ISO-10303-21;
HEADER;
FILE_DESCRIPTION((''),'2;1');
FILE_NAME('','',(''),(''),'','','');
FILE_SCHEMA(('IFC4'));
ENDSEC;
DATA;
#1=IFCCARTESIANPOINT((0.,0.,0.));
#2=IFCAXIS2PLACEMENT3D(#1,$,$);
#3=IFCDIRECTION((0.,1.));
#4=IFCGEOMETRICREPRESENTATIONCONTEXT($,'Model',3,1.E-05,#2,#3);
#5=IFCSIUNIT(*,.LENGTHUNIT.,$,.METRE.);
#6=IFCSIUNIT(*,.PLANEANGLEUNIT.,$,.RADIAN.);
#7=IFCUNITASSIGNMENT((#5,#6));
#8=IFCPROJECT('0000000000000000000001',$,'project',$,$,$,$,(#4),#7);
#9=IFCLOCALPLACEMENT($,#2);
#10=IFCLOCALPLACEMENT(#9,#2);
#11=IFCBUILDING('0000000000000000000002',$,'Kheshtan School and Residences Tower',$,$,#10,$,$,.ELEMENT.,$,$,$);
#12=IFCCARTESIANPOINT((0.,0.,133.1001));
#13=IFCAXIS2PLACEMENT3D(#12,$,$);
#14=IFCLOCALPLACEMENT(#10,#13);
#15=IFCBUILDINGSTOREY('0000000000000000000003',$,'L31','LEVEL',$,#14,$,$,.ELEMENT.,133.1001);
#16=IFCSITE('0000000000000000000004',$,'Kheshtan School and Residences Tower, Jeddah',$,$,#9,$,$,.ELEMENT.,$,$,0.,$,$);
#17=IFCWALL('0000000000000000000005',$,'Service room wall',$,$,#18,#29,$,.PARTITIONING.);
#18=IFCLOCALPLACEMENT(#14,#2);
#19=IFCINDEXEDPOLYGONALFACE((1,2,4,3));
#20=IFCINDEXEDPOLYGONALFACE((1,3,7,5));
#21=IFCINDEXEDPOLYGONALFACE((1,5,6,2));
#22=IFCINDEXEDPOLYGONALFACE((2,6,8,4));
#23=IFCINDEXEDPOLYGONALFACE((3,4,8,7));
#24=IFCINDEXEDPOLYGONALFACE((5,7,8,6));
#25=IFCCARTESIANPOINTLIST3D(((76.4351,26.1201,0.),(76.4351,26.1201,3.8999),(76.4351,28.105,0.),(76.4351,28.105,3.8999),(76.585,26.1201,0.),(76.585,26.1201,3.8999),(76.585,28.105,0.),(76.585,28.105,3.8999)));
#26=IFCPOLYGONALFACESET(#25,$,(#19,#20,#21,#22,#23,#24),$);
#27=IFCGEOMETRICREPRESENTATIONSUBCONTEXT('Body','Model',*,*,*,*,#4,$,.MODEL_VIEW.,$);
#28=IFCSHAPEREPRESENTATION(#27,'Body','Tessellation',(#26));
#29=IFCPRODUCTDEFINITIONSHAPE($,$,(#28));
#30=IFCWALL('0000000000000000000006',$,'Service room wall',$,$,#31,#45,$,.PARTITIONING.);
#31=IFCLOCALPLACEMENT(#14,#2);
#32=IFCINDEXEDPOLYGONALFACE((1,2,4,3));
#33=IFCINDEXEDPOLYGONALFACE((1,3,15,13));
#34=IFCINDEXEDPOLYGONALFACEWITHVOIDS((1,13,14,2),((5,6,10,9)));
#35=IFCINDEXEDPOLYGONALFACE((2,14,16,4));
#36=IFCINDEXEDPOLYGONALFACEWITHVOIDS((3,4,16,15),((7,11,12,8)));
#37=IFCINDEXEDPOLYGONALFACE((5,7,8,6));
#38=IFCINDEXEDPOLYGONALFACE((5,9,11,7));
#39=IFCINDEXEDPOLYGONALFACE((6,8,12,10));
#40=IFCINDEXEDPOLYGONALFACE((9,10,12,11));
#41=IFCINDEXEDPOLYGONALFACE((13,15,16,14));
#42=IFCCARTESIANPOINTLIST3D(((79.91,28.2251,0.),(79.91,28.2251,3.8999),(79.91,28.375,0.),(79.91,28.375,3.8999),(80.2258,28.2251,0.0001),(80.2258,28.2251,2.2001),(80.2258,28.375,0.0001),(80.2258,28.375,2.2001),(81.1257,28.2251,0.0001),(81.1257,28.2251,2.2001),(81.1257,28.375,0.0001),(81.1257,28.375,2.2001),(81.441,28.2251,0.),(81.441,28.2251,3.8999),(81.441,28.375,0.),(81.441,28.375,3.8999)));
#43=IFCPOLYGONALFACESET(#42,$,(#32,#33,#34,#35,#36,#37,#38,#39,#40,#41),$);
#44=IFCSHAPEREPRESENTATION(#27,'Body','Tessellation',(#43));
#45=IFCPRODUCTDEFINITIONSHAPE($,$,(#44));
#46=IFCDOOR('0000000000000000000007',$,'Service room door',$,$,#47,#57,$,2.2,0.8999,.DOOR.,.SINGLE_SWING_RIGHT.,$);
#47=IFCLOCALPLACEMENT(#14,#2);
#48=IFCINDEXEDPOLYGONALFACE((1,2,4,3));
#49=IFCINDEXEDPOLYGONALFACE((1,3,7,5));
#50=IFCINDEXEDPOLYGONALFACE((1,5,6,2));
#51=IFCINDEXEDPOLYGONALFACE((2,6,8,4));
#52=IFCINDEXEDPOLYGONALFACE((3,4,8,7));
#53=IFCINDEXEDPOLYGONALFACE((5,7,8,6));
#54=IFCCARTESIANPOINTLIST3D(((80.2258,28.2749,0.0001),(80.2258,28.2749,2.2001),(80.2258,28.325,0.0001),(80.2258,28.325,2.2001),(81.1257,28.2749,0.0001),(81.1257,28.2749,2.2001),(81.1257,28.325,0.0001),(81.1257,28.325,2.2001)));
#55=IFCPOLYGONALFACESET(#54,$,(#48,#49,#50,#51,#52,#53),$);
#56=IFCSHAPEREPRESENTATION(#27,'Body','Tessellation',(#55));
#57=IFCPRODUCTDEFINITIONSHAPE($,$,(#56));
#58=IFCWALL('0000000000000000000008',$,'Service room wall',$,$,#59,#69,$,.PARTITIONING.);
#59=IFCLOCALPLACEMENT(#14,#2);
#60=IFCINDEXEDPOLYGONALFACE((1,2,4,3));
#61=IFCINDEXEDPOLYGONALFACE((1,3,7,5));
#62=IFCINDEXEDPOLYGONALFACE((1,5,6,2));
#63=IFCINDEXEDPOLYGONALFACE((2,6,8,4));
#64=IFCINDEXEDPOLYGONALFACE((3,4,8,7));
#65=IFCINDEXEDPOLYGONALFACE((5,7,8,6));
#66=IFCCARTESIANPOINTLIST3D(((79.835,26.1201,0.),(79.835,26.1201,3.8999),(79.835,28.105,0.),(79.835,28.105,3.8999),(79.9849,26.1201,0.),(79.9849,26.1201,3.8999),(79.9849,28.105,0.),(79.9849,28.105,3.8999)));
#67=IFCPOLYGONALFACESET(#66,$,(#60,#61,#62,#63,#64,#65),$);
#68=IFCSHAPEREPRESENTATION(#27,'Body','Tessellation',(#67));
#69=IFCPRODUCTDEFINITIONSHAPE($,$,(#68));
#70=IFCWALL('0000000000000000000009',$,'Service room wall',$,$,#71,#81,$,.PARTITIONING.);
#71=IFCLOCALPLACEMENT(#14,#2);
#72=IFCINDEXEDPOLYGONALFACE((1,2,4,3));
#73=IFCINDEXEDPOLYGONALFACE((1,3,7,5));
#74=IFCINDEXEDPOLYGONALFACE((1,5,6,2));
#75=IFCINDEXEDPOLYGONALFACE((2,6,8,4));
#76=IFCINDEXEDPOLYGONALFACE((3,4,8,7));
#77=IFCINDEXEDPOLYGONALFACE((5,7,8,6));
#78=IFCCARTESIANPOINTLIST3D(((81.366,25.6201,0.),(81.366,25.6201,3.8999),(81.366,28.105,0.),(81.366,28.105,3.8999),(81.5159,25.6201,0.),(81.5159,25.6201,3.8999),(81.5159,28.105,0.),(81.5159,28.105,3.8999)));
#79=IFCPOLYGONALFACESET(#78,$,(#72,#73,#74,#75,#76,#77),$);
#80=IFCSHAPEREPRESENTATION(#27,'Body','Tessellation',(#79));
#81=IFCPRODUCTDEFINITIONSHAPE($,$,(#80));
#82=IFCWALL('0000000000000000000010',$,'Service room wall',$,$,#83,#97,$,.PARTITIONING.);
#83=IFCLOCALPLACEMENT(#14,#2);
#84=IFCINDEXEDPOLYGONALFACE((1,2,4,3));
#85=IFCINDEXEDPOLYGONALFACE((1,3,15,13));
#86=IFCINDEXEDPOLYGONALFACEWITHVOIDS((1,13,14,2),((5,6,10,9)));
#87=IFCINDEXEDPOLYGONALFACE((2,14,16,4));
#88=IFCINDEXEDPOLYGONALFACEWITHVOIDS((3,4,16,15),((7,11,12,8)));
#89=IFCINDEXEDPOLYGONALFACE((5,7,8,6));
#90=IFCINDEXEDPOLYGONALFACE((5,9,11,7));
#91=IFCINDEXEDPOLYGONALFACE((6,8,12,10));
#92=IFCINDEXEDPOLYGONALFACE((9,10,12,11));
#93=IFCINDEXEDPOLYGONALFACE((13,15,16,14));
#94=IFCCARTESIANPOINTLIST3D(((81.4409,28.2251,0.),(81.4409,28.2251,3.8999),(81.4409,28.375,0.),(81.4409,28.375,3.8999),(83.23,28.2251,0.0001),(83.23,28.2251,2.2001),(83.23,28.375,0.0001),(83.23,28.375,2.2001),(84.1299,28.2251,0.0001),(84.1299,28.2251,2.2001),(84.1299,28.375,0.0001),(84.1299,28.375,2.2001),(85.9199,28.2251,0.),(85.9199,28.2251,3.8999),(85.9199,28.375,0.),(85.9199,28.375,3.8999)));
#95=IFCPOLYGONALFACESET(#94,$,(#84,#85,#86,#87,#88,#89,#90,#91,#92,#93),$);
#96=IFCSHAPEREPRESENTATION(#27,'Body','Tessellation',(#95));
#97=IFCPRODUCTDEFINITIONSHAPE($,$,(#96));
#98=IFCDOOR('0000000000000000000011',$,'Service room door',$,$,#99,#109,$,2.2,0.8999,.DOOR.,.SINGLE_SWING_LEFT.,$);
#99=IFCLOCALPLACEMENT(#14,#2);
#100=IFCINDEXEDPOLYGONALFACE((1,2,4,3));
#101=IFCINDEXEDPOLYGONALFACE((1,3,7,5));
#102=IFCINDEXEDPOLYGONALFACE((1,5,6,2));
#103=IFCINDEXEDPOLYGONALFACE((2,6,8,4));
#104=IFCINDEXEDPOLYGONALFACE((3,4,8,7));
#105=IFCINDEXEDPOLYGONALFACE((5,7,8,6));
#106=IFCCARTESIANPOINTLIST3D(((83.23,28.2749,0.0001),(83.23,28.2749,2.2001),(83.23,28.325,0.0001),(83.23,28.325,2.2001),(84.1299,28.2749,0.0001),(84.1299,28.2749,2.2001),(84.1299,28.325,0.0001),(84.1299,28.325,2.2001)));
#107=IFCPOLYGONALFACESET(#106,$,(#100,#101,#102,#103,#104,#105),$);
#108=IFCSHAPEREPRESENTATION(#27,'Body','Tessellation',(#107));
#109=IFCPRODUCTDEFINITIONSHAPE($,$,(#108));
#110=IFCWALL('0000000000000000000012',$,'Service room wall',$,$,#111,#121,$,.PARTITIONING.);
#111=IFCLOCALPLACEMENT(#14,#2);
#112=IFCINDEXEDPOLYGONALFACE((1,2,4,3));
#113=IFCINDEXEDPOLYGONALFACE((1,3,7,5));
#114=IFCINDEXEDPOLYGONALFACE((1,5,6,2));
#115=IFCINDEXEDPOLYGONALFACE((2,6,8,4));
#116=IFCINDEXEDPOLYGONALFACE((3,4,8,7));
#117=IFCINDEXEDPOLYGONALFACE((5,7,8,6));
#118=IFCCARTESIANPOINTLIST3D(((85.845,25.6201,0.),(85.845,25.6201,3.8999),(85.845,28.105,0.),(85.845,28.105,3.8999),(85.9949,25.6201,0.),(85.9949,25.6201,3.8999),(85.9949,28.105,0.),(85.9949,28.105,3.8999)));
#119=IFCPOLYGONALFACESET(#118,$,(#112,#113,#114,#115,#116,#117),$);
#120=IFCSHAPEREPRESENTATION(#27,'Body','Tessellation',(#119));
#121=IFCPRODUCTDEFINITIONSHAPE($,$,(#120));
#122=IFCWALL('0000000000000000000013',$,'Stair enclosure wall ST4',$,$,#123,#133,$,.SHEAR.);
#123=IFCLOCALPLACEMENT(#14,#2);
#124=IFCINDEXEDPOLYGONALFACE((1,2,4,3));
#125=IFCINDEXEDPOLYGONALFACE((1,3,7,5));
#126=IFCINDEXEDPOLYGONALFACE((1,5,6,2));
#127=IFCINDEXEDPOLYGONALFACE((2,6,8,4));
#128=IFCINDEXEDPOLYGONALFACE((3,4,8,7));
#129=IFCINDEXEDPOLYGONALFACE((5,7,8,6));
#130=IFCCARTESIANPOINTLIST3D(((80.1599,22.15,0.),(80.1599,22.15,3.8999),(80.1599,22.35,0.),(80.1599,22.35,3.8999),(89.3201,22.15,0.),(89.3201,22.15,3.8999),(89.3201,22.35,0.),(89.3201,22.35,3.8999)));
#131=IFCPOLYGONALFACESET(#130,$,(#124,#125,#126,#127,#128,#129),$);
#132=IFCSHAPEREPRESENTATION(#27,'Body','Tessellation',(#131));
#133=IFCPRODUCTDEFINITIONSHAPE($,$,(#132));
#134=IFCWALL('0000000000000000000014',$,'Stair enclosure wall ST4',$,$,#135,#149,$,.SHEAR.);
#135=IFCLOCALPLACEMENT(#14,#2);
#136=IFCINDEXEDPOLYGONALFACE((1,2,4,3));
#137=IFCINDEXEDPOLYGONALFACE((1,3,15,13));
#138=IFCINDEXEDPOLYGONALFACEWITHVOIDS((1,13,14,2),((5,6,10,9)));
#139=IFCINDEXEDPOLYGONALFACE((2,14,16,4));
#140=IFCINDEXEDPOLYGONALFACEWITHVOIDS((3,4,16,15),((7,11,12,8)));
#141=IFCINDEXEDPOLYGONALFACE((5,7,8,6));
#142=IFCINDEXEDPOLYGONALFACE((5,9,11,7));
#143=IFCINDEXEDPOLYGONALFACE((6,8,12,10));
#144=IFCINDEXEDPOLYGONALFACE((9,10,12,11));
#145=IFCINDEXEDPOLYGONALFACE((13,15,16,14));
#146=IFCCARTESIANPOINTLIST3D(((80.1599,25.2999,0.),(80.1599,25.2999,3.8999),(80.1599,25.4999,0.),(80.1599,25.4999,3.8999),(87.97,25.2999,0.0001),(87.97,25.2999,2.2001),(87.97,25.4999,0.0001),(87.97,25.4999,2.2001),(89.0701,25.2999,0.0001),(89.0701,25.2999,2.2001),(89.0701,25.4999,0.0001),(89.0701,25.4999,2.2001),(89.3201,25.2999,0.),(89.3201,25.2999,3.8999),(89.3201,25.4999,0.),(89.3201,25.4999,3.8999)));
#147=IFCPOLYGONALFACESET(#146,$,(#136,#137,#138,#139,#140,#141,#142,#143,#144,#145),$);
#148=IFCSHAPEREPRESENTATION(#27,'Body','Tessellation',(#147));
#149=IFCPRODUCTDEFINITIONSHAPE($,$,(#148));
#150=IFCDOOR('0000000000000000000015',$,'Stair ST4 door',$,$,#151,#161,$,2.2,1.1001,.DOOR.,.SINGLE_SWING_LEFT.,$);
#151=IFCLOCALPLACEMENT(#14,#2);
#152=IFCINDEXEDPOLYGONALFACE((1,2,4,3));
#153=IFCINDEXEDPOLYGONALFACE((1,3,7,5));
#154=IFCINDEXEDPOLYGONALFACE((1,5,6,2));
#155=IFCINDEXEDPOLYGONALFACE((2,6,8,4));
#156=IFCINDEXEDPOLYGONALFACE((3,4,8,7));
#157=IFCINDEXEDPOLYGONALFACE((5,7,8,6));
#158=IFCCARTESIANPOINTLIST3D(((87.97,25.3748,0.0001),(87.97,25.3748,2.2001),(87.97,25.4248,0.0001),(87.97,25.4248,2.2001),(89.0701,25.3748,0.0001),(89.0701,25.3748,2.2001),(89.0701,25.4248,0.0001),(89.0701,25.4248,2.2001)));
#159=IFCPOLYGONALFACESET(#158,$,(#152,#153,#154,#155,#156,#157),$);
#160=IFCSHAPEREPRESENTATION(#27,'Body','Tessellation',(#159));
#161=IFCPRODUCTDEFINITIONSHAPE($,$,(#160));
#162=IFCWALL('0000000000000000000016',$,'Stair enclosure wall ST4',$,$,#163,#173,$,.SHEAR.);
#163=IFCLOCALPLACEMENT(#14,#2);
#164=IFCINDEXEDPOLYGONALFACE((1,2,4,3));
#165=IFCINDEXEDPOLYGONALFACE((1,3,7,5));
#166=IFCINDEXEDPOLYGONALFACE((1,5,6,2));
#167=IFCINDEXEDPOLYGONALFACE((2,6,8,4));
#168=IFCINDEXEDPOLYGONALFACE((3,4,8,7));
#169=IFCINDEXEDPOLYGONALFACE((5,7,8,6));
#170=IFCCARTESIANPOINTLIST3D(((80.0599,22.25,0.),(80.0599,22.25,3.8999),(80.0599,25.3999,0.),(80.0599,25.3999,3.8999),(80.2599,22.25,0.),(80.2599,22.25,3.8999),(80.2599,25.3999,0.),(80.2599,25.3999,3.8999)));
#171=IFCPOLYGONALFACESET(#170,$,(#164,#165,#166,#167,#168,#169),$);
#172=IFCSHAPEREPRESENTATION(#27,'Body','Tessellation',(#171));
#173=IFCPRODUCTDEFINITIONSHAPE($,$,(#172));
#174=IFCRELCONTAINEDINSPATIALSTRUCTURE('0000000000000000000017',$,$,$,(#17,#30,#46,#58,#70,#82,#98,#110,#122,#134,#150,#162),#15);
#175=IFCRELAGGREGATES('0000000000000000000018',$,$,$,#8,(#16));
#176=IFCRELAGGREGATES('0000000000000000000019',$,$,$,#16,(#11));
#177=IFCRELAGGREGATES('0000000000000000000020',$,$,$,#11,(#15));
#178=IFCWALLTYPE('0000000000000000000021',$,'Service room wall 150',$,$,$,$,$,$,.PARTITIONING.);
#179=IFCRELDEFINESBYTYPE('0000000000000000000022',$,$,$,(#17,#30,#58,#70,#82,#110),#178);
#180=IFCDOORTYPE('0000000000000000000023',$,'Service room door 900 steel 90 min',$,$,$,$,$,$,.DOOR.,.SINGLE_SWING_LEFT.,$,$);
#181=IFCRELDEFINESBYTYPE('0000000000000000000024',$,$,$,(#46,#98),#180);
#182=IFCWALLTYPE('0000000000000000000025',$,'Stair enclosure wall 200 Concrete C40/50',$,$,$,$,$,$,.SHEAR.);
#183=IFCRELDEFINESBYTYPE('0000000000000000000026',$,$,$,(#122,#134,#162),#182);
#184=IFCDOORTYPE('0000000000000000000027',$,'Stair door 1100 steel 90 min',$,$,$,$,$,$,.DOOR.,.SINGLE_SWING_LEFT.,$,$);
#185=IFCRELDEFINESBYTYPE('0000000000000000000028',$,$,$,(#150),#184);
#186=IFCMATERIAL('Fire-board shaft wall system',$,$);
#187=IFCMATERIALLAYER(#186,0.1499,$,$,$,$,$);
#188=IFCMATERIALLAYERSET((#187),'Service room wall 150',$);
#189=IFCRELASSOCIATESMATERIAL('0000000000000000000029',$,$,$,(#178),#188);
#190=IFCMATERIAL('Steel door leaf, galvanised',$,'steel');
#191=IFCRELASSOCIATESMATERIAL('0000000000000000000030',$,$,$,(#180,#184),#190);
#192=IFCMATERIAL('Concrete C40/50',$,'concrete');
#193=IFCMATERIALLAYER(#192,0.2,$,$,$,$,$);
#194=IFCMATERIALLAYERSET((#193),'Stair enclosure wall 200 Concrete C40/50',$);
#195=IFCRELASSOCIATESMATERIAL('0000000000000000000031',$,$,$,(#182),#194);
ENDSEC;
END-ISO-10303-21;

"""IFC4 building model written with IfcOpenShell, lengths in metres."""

from ifc_helpers import new_model, si_unit, direction, frame, frame_2d, origin, place, context, subcontext, project, spatial, rectangle, extrude, source, transform, mapped, material, layer, layer_set, type_object, element, fill, save


model = new_model("IFC4")

# Units and contexts
model_context = context("Model", 3, precision=1e-05, world=origin(), true_north=direction((0.0, 1.0)))
body_context = subcontext(model_context, "Body", "Model", "MODEL_VIEW")
ifc_project = project(units=[si_unit("LENGTHUNIT", "METRE"), si_unit("PLANEANGLEUNIT", "RADIAN")], contexts=[model_context])

# Site, building, storey
site_placement = place(None, origin())
site = spatial("IfcSite", under=ifc_project, at=site_placement, Name="Kheshtan School and Residences Tower, Jeddah", CompositionType="ELEMENT", RefElevation=0.0)
building_placement = place(site_placement, origin())
building = spatial("IfcBuilding", under=site, at=building_placement, Name="Kheshtan School and Residences Tower", CompositionType="ELEMENT")
storey_placement = place(building_placement, frame((0.0, 0.0, 133.1001)))
storey = spatial("IfcBuildingStorey", under=building, at=storey_placement, Name="L31", Description="LEVEL", CompositionType="ELEMENT", Elevation=133.1001)

# Wall
ifc_material_1 = material(Name="Fire-board shaft wall system")
ifc_layer_1 = layer(ifc_material_1, 0.1499)
ifc_layer_set_1 = layer_set([ifc_layer_1], Name="Service room wall 150")
wall_type_1 = type_object("IfcWallType", Name="Service room wall 150", PredefinedType="PARTITIONING", material=ifc_layer_set_1)
wall_1_placement = place(storey_placement, frame((76.51, 26.1201, 0.0), z_axis=(0.0, 0.0, 1.0), x_axis=(0.0, 1.0, 0.0)))
element("IfcWall", 1, at=wall_1_placement, inside=storey, type_object=wall_type_1, Name="Service room wall", PredefinedType="PARTITIONING", context=body_context, shape_type="SweptSolid", body=[
    extrude(rectangle(XDim=1.9849, YDim=0.1499, at=frame_2d((0.9924, 0.0))), origin(), (0.0, 0.0, 1.0), 3.8999),
])

# Wall, opening, door
wall_2_placement = place(storey_placement, frame((79.9099, 28.3, 0.0), z_axis=(0.0, 0.0, 1.0), x_axis=(1.0, 0.0, 0.0)))
wall_2 = element("IfcWall", 2, at=wall_2_placement, inside=storey, type_object=wall_type_1, Name="Service room wall", PredefinedType="PARTITIONING", context=body_context, shape_type="SweptSolid", body=[
    extrude(rectangle(XDim=1.531, YDim=0.1499, at=frame_2d((0.7656, 0.0))), origin(), (0.0, 0.0, 1.0), 3.8999),
])
opening_1_placement = place(wall_2_placement, frame((0.3159, 0.0, 0.0)))
opening_1 = element("IfcOpeningElement", 3, at=opening_1_placement, cuts=wall_2, PredefinedType="OPENING", context=body_context, shape_type="SweptSolid", body=[
    extrude(rectangle(XDim=0.8999, YDim=2.2, at=frame_2d((0.45, 1.1001))), frame((0.0, 0.085, 0.0), z_axis=(0.0, -1.0, 0.0), x_axis=(1.0, 0.0, 0.0)), (0.0, 0.0, 1.0), 0.1699),
])
ifc_material_2 = material(Name="Steel door leaf, galvanised", Category="steel")
door_type_1 = type_object("IfcDoorType", Name="Service room door 900 steel 90 min", OperationType="SINGLE_SWING_LEFT", PredefinedType="DOOR", material=ifc_material_2)
shared_shape_1 = source(origin(), body_context, "Body", "SweptSolid", [
    extrude(rectangle(XDim=0.8999, YDim=2.2, at=frame_2d((0.45, 1.1001))), frame((0.0, 0.0249, 0.0), z_axis=(0.0, -1.0, 0.0), x_axis=(1.0, 0.0, 0.0)), (0.0, 0.0, 1.0), 0.05),
])
door_1_placement = place(opening_1_placement, origin())
door_1 = element("IfcDoor", 4, at=door_1_placement, inside=storey, type_object=door_type_1, Name="Service room door", OperationType="SINGLE_SWING_RIGHT", OverallHeight=2.2, OverallWidth=0.8999, PredefinedType="DOOR", context=body_context, shape_type="MappedRepresentation", body=[
    mapped(shared_shape_1, transform((0.0, 0.0, 0.0), x_axis=(1.0, 0.0, 0.0), y_axis=(0.0, 1.0, 0.0), z_axis=(0.0, 0.0, 1.0), scale=1.0)),
])
fill(opening_1, door_1)

# Walls
wall_3_placement = place(storey_placement, frame((79.9099, 26.1201, 0.0), z_axis=(0.0, 0.0, 1.0), x_axis=(0.0, 1.0, 0.0)))
element("IfcWall", 5, at=wall_3_placement, inside=storey, type_object=wall_type_1, Name="Service room wall", PredefinedType="PARTITIONING", context=body_context, shape_type="SweptSolid", body=[
    extrude(rectangle(XDim=1.9849, YDim=0.1499, at=frame_2d((0.9924, 0.0))), origin(), (0.0, 0.0, 1.0), 3.8999),
])
wall_4_placement = place(storey_placement, frame((81.4409, 25.6201, 0.0), z_axis=(0.0, 0.0, 1.0), x_axis=(0.0, 1.0, 0.0)))
element("IfcWall", 6, at=wall_4_placement, inside=storey, type_object=wall_type_1, Name="Service room wall", PredefinedType="PARTITIONING", context=body_context, shape_type="SweptSolid", body=[
    extrude(rectangle(XDim=2.4849, YDim=0.1499, at=frame_2d((1.2424, 0.0))), origin(), (0.0, 0.0, 1.0), 3.8999),
])

# Wall, opening, door
wall_5_placement = place(storey_placement, frame((81.4409, 28.3, 0.0), z_axis=(0.0, 0.0, 1.0), x_axis=(1.0, 0.0, 0.0)))
wall_5 = element("IfcWall", 7, at=wall_5_placement, inside=storey, type_object=wall_type_1, Name="Service room wall", PredefinedType="PARTITIONING", context=body_context, shape_type="SweptSolid", body=[
    extrude(rectangle(XDim=4.479, YDim=0.1499, at=frame_2d((2.2395, 0.0))), origin(), (0.0, 0.0, 1.0), 3.8999),
])
opening_2_placement = place(wall_5_placement, frame((1.7891, 0.0, 0.0)))
opening_2 = element("IfcOpeningElement", 8, at=opening_2_placement, cuts=wall_5, PredefinedType="OPENING", context=body_context, shape_type="SweptSolid", body=[
    extrude(rectangle(XDim=0.8999, YDim=2.2, at=frame_2d((0.45, 1.1001))), frame((0.0, 0.085, 0.0), z_axis=(0.0, -1.0, 0.0), x_axis=(1.0, 0.0, 0.0)), (0.0, 0.0, 1.0), 0.1699),
])
door_2_placement = place(opening_2_placement, origin())
door_2 = element("IfcDoor", 9, at=door_2_placement, inside=storey, type_object=door_type_1, Name="Service room door", OperationType="SINGLE_SWING_LEFT", OverallHeight=2.2, OverallWidth=0.8999, PredefinedType="DOOR", context=body_context, shape_type="MappedRepresentation", body=[
    mapped(shared_shape_1, transform((0.0, 0.0, 0.0), x_axis=(1.0, 0.0, 0.0), y_axis=(0.0, 1.0, 0.0), z_axis=(0.0, 0.0, 1.0), scale=1.0)),
])
fill(opening_2, door_2)

# Walls
wall_6_placement = place(storey_placement, frame((85.9199, 25.6201, 0.0), z_axis=(0.0, 0.0, 1.0), x_axis=(0.0, 1.0, 0.0)))
element("IfcWall", 10, at=wall_6_placement, inside=storey, type_object=wall_type_1, Name="Service room wall", PredefinedType="PARTITIONING", context=body_context, shape_type="SweptSolid", body=[
    extrude(rectangle(XDim=2.4849, YDim=0.1499, at=frame_2d((1.2424, 0.0))), origin(), (0.0, 0.0, 1.0), 3.8999),
])
ifc_material_3 = material(Name="Concrete C40/50", Category="concrete")
ifc_layer_2 = layer(ifc_material_3, 0.2)
ifc_layer_set_2 = layer_set([ifc_layer_2], Name="Stair enclosure wall 200 Concrete C40/50")
wall_type_2 = type_object("IfcWallType", Name="Stair enclosure wall 200 Concrete C40/50", PredefinedType="SHEAR", material=ifc_layer_set_2)
wall_7_placement = place(storey_placement, frame((80.1599, 22.25, 0.0), z_axis=(0.0, 0.0, 1.0), x_axis=(1.0, 0.0, 0.0)))
element("IfcWall", 11, at=wall_7_placement, inside=storey, type_object=wall_type_2, Name="Stair enclosure wall ST4", PredefinedType="SHEAR", context=body_context, shape_type="SweptSolid", body=[
    extrude(rectangle(XDim=9.1602, YDim=0.2, at=frame_2d((4.5801, 0.0))), origin(), (0.0, 0.0, 1.0), 3.8999),
])

# Wall, opening, door
wall_8_placement = place(storey_placement, frame((80.1599, 25.3999, 0.0), z_axis=(0.0, 0.0, 1.0), x_axis=(1.0, 0.0, 0.0)))
wall_8 = element("IfcWall", 12, at=wall_8_placement, inside=storey, type_object=wall_type_2, Name="Stair enclosure wall ST4", PredefinedType="SHEAR", context=body_context, shape_type="SweptSolid", body=[
    extrude(rectangle(XDim=9.1602, YDim=0.2, at=frame_2d((4.5801, 0.0))), origin(), (0.0, 0.0, 1.0), 3.8999),
])
opening_3_placement = place(wall_8_placement, frame((7.8101, 0.0, 0.0)))
opening_3 = element("IfcOpeningElement", 13, at=opening_3_placement, cuts=wall_8, PredefinedType="OPENING", context=body_context, shape_type="SweptSolid", body=[
    extrude(rectangle(XDim=1.1001, YDim=2.2, at=frame_2d((0.55, 1.1001))), frame((0.0, 0.1099, 0.0), z_axis=(0.0, -1.0, 0.0), x_axis=(1.0, 0.0, 0.0)), (0.0, 0.0, 1.0), 0.22),
])
door_type_2 = type_object("IfcDoorType", Name="Stair door 1100 steel 90 min", OperationType="SINGLE_SWING_LEFT", PredefinedType="DOOR", material=ifc_material_2)
shared_shape_2 = source(origin(), body_context, "Body", "SweptSolid", [
    extrude(rectangle(XDim=1.1001, YDim=2.2, at=frame_2d((0.55, 1.1001))), frame((0.0, 0.0249, 0.0), z_axis=(0.0, -1.0, 0.0), x_axis=(1.0, 0.0, 0.0)), (0.0, 0.0, 1.0), 0.05),
])
door_3_placement = place(opening_3_placement, origin())
door_3 = element("IfcDoor", 14, at=door_3_placement, inside=storey, type_object=door_type_2, Name="Stair ST4 door", OperationType="SINGLE_SWING_LEFT", OverallHeight=2.2, OverallWidth=1.1001, PredefinedType="DOOR", context=body_context, shape_type="MappedRepresentation", body=[
    mapped(shared_shape_2, transform((0.0, 0.0, 0.0), x_axis=(1.0, 0.0, 0.0), y_axis=(0.0, 1.0, 0.0), z_axis=(0.0, 0.0, 1.0), scale=1.0)),
])
fill(opening_3, door_3)

# Wall
for number, where, z_axis, x_axis, name in (
    (15, (80.1599, 22.25, 0.0), (0.0, 0.0, 1.0), (0.0, 1.0, 0.0), "Stair enclosure wall ST4"),
):
    element("IfcWall", number, at=place(storey_placement, frame(where, z_axis=z_axis, x_axis=x_axis)), inside=storey, type_object=wall_type_2, Name=name, PredefinedType="SHEAR", context=body_context, shape_type="SweptSolid", body=[
        extrude(rectangle(XDim=3.1499, YDim=0.2, at=frame_2d((1.575, 0.0))), origin(), (0.0, 0.0, 1.0), 3.8999),
    ])

save(model, "model.ifc")
